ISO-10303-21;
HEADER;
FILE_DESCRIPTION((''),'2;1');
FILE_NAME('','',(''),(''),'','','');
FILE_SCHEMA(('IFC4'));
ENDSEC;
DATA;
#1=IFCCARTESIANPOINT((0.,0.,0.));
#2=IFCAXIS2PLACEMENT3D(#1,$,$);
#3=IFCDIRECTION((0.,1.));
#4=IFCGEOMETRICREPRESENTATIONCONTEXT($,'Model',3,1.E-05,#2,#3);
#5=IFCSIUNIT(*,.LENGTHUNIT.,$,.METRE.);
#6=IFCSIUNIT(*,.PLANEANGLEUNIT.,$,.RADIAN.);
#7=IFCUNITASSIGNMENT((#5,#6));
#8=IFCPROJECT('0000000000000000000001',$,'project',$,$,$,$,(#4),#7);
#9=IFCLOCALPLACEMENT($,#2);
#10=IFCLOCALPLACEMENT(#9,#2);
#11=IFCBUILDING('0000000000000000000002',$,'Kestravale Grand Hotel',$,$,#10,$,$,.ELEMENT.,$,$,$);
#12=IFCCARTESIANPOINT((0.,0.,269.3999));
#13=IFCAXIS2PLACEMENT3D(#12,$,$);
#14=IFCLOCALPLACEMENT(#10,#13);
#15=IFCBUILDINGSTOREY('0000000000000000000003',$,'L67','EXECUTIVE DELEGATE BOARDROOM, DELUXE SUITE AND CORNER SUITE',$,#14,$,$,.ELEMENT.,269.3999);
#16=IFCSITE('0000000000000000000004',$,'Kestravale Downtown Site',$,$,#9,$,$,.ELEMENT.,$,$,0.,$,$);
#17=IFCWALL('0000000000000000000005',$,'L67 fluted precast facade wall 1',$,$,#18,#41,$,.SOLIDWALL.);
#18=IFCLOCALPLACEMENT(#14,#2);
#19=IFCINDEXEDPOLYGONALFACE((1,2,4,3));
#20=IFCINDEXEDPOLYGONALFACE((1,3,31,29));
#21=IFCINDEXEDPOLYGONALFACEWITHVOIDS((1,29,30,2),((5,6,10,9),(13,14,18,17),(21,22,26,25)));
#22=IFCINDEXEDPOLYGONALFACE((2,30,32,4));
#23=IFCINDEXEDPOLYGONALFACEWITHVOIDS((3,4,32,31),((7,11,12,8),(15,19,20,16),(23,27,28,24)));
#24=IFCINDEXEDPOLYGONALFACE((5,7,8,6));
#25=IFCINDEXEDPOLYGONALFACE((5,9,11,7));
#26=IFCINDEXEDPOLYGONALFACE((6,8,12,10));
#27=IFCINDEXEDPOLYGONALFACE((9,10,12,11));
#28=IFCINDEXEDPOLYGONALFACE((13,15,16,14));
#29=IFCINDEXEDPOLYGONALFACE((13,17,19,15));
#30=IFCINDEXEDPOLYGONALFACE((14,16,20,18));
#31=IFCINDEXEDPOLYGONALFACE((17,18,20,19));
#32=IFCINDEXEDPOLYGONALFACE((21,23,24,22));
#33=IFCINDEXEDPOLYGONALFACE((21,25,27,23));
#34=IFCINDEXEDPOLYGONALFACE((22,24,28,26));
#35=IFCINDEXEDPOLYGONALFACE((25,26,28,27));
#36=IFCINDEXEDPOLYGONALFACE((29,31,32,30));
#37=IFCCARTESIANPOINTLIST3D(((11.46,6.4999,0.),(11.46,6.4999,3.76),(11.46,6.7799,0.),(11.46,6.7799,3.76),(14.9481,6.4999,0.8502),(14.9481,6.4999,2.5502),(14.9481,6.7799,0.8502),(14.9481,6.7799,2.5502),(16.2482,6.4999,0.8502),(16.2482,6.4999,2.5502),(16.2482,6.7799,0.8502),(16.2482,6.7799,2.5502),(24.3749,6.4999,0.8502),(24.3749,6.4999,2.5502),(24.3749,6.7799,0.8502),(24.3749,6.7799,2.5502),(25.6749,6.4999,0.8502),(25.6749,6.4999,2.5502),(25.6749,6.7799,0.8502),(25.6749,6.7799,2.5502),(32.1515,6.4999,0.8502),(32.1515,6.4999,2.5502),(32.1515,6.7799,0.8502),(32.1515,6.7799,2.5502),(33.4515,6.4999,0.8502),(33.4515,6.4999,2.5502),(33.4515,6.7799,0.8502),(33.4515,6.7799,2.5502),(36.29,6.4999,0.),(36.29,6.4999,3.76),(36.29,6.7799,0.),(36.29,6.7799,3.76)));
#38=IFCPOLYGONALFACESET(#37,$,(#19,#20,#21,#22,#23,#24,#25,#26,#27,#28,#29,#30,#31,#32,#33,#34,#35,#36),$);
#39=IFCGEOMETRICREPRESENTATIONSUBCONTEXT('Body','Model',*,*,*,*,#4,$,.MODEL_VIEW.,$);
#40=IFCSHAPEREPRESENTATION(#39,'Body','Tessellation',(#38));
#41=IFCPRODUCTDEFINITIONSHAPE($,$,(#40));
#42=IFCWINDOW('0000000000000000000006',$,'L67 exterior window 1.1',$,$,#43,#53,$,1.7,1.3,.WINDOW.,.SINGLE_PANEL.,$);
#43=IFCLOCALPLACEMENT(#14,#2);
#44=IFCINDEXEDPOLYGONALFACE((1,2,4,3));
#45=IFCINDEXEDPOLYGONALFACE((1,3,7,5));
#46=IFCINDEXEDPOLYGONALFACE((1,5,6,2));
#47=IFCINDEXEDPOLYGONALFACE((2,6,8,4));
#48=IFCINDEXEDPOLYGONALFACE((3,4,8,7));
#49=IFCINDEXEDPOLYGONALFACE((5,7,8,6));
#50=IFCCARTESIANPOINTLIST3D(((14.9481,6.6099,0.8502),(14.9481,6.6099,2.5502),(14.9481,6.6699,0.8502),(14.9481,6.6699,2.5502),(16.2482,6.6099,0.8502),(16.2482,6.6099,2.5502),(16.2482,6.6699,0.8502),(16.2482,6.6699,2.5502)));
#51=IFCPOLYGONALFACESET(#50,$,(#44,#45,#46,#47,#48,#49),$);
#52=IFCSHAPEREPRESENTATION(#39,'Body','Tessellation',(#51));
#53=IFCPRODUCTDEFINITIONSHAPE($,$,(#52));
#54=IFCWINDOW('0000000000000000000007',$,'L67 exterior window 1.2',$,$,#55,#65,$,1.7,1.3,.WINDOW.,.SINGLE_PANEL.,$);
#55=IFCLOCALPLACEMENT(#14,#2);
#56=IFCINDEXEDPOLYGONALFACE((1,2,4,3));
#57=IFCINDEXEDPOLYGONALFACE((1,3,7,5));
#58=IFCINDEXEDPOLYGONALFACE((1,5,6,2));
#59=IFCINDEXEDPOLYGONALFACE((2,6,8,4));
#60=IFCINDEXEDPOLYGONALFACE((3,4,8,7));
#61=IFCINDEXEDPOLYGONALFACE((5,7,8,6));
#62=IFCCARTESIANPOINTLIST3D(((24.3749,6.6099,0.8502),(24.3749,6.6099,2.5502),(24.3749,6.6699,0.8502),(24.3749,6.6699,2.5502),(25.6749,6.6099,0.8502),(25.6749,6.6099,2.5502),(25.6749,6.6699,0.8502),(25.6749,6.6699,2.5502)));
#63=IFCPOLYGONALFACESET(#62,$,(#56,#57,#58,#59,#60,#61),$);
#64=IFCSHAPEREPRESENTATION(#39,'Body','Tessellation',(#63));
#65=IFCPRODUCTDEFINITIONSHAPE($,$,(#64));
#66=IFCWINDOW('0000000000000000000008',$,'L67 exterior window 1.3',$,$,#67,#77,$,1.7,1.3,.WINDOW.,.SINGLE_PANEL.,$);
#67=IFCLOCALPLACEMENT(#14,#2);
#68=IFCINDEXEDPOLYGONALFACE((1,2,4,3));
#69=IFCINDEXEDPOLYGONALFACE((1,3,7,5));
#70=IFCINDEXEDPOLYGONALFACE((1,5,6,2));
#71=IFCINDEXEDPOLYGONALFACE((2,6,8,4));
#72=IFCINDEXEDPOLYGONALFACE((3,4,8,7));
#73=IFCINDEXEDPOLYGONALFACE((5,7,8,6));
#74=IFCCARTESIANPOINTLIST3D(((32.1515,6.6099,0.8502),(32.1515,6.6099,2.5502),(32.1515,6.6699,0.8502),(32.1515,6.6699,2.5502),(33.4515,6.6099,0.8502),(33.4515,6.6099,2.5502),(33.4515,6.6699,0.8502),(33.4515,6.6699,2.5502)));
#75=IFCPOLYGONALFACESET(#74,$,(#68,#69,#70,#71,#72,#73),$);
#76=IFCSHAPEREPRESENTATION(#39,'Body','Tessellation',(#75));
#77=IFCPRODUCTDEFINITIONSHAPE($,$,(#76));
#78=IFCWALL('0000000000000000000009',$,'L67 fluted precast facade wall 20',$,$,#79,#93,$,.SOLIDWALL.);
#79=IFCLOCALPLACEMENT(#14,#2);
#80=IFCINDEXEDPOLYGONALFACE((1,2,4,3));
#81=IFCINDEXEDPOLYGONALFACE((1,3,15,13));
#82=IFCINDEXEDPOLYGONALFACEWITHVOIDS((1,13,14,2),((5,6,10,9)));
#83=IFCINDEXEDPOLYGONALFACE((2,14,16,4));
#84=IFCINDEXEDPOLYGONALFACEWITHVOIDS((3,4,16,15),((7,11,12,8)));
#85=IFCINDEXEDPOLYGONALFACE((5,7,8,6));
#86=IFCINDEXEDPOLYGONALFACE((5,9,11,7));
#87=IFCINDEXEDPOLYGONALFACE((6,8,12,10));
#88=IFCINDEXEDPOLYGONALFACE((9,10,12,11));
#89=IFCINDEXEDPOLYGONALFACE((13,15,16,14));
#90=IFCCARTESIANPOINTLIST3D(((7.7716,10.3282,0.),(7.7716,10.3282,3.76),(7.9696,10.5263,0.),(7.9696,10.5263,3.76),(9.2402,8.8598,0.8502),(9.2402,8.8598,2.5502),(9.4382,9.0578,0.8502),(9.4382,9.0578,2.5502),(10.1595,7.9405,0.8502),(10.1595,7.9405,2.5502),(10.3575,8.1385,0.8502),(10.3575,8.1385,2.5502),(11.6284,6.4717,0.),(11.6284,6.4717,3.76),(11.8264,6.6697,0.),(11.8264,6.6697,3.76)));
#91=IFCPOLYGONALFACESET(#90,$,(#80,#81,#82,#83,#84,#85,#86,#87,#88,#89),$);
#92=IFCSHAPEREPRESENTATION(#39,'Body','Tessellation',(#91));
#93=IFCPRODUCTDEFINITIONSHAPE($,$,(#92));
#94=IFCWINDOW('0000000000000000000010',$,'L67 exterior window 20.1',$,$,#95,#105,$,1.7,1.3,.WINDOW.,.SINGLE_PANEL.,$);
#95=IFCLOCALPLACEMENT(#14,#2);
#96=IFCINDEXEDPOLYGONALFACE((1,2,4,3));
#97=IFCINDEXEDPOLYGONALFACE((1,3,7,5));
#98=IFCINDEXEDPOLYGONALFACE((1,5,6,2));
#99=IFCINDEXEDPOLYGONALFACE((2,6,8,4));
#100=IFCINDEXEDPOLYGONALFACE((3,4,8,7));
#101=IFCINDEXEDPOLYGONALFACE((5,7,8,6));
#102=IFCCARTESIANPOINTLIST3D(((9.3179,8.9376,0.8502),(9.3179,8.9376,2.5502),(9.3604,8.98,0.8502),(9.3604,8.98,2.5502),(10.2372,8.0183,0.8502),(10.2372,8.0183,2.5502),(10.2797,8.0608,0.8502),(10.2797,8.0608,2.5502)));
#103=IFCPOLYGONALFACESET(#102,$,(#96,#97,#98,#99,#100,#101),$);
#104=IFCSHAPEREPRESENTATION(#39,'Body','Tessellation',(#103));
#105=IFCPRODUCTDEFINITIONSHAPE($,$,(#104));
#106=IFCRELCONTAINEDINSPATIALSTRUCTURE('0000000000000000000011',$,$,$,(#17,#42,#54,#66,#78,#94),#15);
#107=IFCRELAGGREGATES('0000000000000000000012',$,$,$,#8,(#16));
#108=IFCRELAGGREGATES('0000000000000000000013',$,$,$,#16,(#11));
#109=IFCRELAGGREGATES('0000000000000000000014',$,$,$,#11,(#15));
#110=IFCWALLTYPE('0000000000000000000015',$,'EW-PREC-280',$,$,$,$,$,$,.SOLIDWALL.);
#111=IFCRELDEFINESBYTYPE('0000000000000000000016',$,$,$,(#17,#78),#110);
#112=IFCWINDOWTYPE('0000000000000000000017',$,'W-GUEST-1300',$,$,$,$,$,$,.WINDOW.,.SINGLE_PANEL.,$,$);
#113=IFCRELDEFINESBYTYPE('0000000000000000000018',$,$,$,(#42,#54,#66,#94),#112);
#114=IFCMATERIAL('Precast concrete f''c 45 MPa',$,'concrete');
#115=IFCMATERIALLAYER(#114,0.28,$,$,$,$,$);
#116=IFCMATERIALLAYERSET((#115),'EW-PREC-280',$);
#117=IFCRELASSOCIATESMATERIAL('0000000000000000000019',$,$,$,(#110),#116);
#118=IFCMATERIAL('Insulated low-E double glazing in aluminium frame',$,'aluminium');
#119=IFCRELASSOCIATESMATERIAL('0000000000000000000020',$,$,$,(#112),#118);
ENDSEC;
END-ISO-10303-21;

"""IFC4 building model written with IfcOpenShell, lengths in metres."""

from ifc_helpers import new_model, si_unit, direction, frame, frame_2d, origin, place, context, subcontext, project, spatial, rectangle, extrude, material, layer, layer_set, type_object, element, fill, save


model = new_model("IFC4")

# Units and contexts
model_context = context("Model", 3, precision=1e-05, world=origin(), true_north=direction((0.0, 1.0)))
body_context = subcontext(model_context, "Body", "Model", "MODEL_VIEW")
ifc_project = project(units=[si_unit("LENGTHUNIT", "METRE"), si_unit("PLANEANGLEUNIT", "RADIAN")], contexts=[model_context])

# Site, building, storey
site_placement = place(None, origin())
site = spatial("IfcSite", under=ifc_project, at=site_placement, Name="Kestravale Downtown Site", CompositionType="ELEMENT", RefElevation=0.0)
building_placement = place(site_placement, origin())
building = spatial("IfcBuilding", under=site, at=building_placement, Name="Kestravale Grand Hotel", CompositionType="ELEMENT")
storey_placement = place(building_placement, frame((0.0, 0.0, 269.3999)))
storey = spatial("IfcBuildingStorey", under=building, at=storey_placement, Name="L67", Description="EXECUTIVE DELEGATE BOARDROOM, DELUXE SUITE AND CORNER SUITE", CompositionType="ELEMENT", Elevation=269.3999)

# Wall, openings, windows
ifc_material_1 = material(Name="Precast concrete f'c 45 MPa", Category="concrete")
ifc_layer_1 = layer(ifc_material_1, 0.28)
ifc_layer_set_1 = layer_set([ifc_layer_1], Name="EW-PREC-280")
wall_type_1 = type_object("IfcWallType", Name="EW-PREC-280", PredefinedType="SOLIDWALL", material=ifc_layer_set_1)
wall_1_placement = place(storey_placement, frame((11.46, 6.6399, 0.0), z_axis=(0.0, 0.0, 1.0), x_axis=(1.0, 0.0, 0.0)))
wall_1 = element("IfcWall", 1, at=wall_1_placement, inside=storey, type_object=wall_type_1, Name="L67 fluted precast facade wall 1", PredefinedType="SOLIDWALL", context=body_context, shape_type="SweptSolid", body=[
    extrude(rectangle(XDim=24.8301, YDim=0.28, at=frame_2d((12.415, 0.0))), origin(), (0.0, 0.0, 1.0), 3.76),
])
opening_1_placement = place(wall_1_placement, frame((3.4883, 0.0, 0.8501)))
opening_1 = element("IfcOpeningElement", 2, at=opening_1_placement, cuts=wall_1, PredefinedType="OPENING", context=body_context, shape_type="SweptSolid", body=[
    extrude(rectangle(XDim=1.3, YDim=1.7, at=frame_2d((0.6499, 0.8501))), frame((0.0, 0.1499, 0.0), z_axis=(0.0, -1.0, 0.0), x_axis=(1.0, 0.0, 0.0)), (0.0, 0.0, 1.0), 0.3),
])
opening_2_placement = place(wall_1_placement, frame((12.915, 0.0, 0.8501)))
opening_2 = element("IfcOpeningElement", 3, at=opening_2_placement, cuts=wall_1, PredefinedType="OPENING", context=body_context, shape_type="SweptSolid", body=[
    extrude(rectangle(XDim=1.3, YDim=1.7, at=frame_2d((0.6499, 0.8501))), frame((0.0, 0.1499, 0.0), z_axis=(0.0, -1.0, 0.0), x_axis=(1.0, 0.0, 0.0)), (0.0, 0.0, 1.0), 0.3),
])
opening_3_placement = place(wall_1_placement, frame((20.6917, 0.0, 0.8501)))
opening_3 = element("IfcOpeningElement", 4, at=opening_3_placement, cuts=wall_1, PredefinedType="OPENING", context=body_context, shape_type="SweptSolid", body=[
    extrude(rectangle(XDim=1.3, YDim=1.7, at=frame_2d((0.6499, 0.8501))), frame((0.0, 0.1499, 0.0), z_axis=(0.0, -1.0, 0.0), x_axis=(1.0, 0.0, 0.0)), (0.0, 0.0, 1.0), 0.3),
])
ifc_material_2 = material(Name="Insulated low-E double glazing in aluminium frame", Category="aluminium")
window_type = type_object("IfcWindowType", Name="W-GUEST-1300", PartitioningType="SINGLE_PANEL", PredefinedType="WINDOW", material=ifc_material_2)
window_1_placement = place(opening_1_placement, origin())
window_1 = element("IfcWindow", 5, at=window_1_placement, inside=storey, type_object=window_type, Name="L67 exterior window 1.1", OverallHeight=1.7, OverallWidth=1.3, PartitioningType="SINGLE_PANEL", PredefinedType="WINDOW", context=body_context, shape_type="SweptSolid", body=[
    extrude(rectangle(XDim=1.3, YDim=1.7, at=frame_2d((0.6499, 0.8501))), frame((0.0, 0.03, 0.0), z_axis=(0.0, -1.0, 0.0), x_axis=(1.0, 0.0, 0.0)), (0.0, 0.0, 1.0), 0.0601),
])
fill(opening_1, window_1)
window_2_placement = place(opening_2_placement, origin())
window_2 = element("IfcWindow", 6, at=window_2_placement, inside=storey, type_object=window_type, Name="L67 exterior window 1.2", OverallHeight=1.7, OverallWidth=1.3, PartitioningType="SINGLE_PANEL", PredefinedType="WINDOW", context=body_context, shape_type="SweptSolid", body=[
    extrude(rectangle(XDim=1.3, YDim=1.7, at=frame_2d((0.6499, 0.8501))), frame((0.0, 0.03, 0.0), z_axis=(0.0, -1.0, 0.0), x_axis=(1.0, 0.0, 0.0)), (0.0, 0.0, 1.0), 0.0601),
])
fill(opening_2, window_2)
window_3_placement = place(opening_3_placement, origin())
window_3 = element("IfcWindow", 7, at=window_3_placement, inside=storey, type_object=window_type, Name="L67 exterior window 1.3", OverallHeight=1.7, OverallWidth=1.3, PartitioningType="SINGLE_PANEL", PredefinedType="WINDOW", context=body_context, shape_type="SweptSolid", body=[
    extrude(rectangle(XDim=1.3, YDim=1.7, at=frame_2d((0.6499, 0.8501))), frame((0.0, 0.03, 0.0), z_axis=(0.0, -1.0, 0.0), x_axis=(1.0, 0.0, 0.0)), (0.0, 0.0, 1.0), 0.0601),
])
fill(opening_3, window_3)

# Wall, opening, window
wall_2_placement = place(storey_placement, frame((7.8706, 10.4272, 0.0), z_axis=(0.0, 0.0, 1.0), x_axis=(0.707129, -0.707084, 0.0)))
wall_2 = element("IfcWall", 8, at=wall_2_placement, inside=storey, type_object=wall_type_1, Name="L67 fluted precast facade wall 20", PredefinedType="SOLIDWALL", context=body_context, shape_type="SweptSolid", body=[
    extrude(rectangle(XDim=5.4541, YDim=0.28, at=frame_2d((2.7271, 0.0))), origin(), (0.0, 0.0, 1.0), 3.76),
])
opening_4_placement = place(wall_2_placement, frame((2.0769, 0.0, 0.8501)))
opening_4 = element("IfcOpeningElement", 9, at=opening_4_placement, cuts=wall_2, PredefinedType="OPENING", context=body_context, shape_type="SweptSolid", body=[
    extrude(rectangle(XDim=1.3, YDim=1.7, at=frame_2d((0.6499, 0.8501))), frame((0.0, 0.1499, 0.0), z_axis=(0.0, -1.0, 0.0), x_axis=(1.0, 0.0, 0.0)), (0.0, 0.0, 1.0), 0.3),
])
window_4_placement = place(opening_4_placement, origin())
window_4 = element("IfcWindow", 10, at=window_4_placement, inside=storey, type_object=window_type, Name="L67 exterior window 20.1", OverallHeight=1.7, OverallWidth=1.3, PartitioningType="SINGLE_PANEL", PredefinedType="WINDOW", context=body_context, shape_type="SweptSolid", body=[
    extrude(rectangle(XDim=1.3, YDim=1.7, at=frame_2d((0.6499, 0.8501))), frame((0.0, 0.03, 0.0), z_axis=(0.0, -1.0, 0.0), x_axis=(1.0, 0.0, 0.0)), (0.0, 0.0, 1.0), 0.0601),
])
fill(opening_4, window_4)

save(model, "model.ifc")
